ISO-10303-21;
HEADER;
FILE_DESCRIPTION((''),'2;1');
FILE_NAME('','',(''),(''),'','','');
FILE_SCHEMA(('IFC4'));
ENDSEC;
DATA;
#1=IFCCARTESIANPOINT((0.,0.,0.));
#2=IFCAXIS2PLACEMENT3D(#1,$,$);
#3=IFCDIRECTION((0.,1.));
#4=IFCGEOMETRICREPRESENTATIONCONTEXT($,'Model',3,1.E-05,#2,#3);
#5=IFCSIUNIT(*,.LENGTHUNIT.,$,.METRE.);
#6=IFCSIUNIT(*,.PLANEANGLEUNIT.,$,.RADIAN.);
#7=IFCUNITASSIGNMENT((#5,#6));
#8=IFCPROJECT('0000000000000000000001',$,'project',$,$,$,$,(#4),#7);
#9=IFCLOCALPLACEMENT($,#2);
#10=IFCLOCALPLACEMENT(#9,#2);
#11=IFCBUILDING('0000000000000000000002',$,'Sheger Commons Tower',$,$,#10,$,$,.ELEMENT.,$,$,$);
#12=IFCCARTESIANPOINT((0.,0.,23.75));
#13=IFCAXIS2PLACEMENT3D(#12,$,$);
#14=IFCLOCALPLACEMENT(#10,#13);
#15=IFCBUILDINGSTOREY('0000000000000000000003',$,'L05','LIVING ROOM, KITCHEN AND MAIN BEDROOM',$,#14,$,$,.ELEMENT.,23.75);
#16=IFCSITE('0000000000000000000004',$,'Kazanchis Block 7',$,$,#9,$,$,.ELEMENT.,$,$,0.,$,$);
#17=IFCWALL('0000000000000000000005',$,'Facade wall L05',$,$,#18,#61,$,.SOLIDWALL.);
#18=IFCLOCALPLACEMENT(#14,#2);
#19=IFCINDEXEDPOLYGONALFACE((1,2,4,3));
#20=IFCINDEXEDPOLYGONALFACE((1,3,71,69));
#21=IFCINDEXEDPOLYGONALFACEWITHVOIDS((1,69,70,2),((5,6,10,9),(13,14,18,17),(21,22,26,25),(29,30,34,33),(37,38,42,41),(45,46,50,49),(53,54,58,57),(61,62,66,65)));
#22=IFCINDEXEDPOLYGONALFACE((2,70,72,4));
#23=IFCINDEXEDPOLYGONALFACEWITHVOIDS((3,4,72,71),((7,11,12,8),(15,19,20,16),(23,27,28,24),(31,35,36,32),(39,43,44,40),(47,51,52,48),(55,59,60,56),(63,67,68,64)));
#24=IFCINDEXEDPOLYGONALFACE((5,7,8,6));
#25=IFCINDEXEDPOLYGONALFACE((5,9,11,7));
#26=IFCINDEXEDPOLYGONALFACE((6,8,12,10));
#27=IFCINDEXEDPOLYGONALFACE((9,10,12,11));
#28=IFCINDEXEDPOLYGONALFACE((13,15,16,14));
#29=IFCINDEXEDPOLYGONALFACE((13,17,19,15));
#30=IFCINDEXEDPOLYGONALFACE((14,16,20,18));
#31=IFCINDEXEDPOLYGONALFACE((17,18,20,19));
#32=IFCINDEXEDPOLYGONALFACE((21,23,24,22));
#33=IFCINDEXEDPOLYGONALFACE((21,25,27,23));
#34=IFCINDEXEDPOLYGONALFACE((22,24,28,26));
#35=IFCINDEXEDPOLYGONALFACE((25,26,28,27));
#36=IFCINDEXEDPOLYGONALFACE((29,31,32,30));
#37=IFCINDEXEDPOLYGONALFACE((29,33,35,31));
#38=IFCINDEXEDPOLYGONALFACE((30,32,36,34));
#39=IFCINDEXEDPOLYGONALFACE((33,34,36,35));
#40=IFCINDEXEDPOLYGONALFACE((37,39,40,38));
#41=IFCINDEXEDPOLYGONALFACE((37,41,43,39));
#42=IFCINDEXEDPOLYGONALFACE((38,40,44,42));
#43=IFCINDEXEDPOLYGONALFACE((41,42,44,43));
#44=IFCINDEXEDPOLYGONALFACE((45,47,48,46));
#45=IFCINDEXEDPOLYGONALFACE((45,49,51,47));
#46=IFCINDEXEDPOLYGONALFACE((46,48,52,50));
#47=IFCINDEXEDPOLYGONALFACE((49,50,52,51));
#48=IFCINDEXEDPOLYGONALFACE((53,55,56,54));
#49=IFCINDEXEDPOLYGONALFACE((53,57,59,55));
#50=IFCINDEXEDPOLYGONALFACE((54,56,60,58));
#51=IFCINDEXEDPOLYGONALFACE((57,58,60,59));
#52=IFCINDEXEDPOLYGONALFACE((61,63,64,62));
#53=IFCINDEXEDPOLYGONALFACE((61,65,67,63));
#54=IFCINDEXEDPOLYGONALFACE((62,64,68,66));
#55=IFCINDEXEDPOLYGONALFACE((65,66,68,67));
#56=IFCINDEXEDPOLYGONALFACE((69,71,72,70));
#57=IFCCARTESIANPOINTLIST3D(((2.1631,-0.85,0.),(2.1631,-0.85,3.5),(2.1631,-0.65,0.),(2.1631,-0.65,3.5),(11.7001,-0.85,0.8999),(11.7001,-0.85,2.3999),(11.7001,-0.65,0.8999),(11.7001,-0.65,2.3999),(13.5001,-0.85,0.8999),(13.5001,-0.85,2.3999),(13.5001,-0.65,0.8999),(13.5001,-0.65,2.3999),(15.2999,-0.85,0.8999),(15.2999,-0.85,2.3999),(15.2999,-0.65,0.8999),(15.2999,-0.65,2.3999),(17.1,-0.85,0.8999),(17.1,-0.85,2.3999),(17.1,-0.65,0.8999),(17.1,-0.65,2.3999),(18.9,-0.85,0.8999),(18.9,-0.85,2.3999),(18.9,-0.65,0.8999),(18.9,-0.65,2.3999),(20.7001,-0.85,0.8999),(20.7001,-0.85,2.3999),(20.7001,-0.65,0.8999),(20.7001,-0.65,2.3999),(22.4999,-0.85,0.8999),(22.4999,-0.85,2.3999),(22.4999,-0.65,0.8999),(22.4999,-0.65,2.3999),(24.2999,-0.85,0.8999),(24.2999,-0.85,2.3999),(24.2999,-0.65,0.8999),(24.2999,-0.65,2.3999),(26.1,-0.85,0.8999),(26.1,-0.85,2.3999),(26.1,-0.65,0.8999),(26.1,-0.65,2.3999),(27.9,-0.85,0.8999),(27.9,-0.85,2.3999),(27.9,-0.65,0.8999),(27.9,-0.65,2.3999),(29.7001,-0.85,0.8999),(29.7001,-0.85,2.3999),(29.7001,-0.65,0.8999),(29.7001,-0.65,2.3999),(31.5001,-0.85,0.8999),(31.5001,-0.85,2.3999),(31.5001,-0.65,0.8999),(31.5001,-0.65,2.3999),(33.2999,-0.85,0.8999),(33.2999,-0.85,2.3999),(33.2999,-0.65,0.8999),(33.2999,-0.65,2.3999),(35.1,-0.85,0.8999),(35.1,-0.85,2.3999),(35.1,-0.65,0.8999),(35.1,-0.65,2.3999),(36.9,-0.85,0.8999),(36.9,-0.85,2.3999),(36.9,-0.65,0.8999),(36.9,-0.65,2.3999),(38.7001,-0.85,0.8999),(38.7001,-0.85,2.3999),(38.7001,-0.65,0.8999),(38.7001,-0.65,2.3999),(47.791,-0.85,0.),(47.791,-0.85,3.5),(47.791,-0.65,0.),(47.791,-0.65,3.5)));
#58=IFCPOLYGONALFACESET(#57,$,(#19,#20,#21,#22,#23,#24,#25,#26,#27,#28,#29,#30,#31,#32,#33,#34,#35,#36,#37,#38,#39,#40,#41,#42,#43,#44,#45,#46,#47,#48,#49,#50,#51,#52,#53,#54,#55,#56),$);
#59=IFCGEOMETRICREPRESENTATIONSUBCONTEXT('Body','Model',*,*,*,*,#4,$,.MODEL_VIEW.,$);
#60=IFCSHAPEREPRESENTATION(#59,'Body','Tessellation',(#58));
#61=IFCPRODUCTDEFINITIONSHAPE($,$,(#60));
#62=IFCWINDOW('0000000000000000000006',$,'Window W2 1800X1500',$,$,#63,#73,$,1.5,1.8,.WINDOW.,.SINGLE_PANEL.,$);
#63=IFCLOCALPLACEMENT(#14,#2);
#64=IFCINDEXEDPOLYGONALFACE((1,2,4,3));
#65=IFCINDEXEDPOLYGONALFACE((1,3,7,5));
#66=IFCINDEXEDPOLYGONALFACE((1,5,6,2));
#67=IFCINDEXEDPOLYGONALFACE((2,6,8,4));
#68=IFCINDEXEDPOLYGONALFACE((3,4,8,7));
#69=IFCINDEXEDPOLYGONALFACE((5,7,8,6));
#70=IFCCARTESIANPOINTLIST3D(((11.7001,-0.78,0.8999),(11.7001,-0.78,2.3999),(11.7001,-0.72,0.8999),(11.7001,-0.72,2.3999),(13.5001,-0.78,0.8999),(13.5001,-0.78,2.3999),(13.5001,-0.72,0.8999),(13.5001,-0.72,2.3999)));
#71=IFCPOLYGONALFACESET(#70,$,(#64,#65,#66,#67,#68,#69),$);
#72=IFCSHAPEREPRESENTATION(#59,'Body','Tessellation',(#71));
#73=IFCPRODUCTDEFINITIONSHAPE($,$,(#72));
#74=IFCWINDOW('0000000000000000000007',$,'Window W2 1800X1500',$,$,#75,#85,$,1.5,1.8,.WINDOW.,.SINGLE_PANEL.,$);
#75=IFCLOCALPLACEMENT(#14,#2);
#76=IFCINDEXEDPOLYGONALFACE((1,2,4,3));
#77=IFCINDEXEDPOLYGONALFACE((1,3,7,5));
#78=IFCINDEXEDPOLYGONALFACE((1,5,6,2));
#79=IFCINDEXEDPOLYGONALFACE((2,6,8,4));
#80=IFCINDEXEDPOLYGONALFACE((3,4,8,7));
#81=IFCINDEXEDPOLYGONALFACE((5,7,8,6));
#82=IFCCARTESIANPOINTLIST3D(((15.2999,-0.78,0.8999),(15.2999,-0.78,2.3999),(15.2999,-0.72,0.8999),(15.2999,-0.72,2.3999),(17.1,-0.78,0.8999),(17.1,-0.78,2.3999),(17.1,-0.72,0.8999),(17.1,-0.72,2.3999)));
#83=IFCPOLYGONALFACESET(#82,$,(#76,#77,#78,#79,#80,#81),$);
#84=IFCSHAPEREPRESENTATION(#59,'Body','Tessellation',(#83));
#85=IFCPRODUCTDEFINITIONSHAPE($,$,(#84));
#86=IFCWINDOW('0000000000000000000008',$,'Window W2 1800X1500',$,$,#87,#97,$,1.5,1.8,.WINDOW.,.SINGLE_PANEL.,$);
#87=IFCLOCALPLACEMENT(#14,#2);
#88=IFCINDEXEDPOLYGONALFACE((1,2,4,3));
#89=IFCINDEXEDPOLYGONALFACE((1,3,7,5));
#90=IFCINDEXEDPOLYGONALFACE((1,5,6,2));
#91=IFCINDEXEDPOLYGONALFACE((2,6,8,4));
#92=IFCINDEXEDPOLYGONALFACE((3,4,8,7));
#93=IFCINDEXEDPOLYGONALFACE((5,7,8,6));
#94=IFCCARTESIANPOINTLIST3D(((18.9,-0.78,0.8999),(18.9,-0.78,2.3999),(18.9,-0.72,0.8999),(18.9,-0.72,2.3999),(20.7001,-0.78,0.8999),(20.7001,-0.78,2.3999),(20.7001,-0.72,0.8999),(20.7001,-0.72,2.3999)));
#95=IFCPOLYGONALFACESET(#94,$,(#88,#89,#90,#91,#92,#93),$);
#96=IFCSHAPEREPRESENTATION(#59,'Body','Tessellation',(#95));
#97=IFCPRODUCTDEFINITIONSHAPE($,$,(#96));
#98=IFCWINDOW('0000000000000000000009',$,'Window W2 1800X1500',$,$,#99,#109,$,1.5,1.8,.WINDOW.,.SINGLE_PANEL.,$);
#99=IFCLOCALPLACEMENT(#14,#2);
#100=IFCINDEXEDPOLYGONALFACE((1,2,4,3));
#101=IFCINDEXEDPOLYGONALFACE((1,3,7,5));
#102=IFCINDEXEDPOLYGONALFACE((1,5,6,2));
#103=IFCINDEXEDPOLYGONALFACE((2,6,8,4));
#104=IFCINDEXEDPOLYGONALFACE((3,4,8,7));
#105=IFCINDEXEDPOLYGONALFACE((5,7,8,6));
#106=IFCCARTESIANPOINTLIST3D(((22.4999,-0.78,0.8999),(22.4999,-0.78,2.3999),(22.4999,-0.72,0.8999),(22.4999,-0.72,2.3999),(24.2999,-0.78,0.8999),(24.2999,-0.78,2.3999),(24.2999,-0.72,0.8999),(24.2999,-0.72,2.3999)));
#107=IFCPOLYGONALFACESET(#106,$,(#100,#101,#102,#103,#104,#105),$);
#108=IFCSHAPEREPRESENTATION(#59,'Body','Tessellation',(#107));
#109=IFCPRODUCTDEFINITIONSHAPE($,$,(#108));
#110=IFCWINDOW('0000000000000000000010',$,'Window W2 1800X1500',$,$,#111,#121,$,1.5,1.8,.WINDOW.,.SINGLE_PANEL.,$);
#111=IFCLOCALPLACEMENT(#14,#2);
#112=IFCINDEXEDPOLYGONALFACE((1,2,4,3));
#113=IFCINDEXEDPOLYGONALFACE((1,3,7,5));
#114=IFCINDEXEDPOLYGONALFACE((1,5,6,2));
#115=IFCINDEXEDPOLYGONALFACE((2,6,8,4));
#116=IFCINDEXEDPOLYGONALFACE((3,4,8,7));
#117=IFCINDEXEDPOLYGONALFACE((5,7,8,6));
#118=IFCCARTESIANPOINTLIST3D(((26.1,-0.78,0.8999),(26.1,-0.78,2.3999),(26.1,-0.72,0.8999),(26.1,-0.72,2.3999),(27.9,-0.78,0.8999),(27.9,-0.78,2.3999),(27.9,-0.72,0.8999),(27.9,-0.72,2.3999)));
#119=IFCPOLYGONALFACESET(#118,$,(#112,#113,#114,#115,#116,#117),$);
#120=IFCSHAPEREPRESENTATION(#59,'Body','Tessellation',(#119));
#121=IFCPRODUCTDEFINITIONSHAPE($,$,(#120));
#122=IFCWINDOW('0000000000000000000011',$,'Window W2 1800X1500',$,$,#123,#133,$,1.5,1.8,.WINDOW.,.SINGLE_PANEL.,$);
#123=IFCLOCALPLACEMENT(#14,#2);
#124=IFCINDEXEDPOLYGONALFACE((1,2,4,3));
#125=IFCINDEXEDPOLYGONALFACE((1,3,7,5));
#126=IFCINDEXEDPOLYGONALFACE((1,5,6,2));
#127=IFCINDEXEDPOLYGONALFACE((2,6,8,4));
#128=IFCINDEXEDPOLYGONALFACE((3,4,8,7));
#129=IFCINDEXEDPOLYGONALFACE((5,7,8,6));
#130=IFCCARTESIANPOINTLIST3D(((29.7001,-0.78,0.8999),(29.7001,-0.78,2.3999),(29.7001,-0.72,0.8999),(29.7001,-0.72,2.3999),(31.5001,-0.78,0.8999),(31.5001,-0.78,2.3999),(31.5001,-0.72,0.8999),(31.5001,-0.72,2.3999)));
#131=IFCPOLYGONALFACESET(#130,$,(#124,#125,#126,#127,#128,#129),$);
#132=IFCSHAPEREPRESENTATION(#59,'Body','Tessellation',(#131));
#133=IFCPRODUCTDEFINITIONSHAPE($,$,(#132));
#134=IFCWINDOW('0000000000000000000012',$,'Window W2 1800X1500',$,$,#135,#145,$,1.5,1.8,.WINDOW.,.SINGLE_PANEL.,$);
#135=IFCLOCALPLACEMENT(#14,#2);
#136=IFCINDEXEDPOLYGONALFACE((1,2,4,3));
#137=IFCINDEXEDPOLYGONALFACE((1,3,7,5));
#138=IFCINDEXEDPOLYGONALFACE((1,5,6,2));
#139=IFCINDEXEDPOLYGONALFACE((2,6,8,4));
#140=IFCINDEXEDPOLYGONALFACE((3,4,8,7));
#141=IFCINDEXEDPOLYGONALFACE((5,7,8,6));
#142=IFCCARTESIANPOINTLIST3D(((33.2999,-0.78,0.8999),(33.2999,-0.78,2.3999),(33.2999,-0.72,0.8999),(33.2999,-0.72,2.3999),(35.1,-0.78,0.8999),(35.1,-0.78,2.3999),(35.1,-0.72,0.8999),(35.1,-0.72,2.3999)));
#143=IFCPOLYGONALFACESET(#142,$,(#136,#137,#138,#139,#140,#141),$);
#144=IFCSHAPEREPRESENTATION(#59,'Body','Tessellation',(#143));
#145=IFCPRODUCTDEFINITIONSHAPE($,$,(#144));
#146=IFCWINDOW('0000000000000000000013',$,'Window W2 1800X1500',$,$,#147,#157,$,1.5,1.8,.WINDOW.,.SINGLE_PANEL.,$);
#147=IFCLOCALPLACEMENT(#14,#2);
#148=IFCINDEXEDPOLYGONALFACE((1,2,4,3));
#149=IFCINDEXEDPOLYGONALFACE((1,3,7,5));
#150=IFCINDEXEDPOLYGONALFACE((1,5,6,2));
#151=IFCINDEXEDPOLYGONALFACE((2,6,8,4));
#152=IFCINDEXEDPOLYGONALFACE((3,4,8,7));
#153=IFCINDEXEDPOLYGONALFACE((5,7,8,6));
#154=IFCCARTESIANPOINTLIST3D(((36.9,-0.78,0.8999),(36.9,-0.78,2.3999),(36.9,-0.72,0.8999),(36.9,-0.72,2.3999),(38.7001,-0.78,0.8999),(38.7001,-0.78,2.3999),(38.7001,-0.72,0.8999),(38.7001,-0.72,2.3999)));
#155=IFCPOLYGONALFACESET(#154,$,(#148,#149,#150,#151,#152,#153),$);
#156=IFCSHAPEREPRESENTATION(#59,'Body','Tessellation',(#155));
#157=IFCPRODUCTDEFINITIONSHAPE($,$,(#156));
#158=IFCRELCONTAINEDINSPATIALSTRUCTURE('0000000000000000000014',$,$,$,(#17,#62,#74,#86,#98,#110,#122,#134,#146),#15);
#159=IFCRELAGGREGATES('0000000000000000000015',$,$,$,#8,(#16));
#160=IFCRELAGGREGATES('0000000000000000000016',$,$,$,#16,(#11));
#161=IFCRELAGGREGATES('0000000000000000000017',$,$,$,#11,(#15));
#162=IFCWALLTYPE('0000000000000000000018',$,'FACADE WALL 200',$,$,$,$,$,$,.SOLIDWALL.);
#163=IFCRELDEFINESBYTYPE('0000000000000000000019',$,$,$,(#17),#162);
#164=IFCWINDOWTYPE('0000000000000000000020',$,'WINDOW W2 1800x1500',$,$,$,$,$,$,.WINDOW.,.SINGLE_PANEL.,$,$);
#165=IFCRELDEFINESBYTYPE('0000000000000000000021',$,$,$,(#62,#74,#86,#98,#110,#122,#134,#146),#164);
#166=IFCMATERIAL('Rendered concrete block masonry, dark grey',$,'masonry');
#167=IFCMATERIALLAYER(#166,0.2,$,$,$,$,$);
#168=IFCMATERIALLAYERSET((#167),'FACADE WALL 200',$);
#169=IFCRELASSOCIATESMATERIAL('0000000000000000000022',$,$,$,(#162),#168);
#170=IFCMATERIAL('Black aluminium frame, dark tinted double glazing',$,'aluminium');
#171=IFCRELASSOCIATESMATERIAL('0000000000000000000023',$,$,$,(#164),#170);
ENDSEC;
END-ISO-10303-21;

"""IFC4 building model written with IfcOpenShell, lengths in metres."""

from ifc_helpers import new_model, si_unit, direction, frame, frame_2d, origin, place, context, subcontext, project, spatial, rectangle, extrude, material, layer, layer_set, type_object, element, fill, save


model = new_model("IFC4")

# Units and contexts
model_context = context("Model", 3, precision=1e-05, world=origin(), true_north=direction((0.0, 1.0)))
body_context = subcontext(model_context, "Body", "Model", "MODEL_VIEW")
ifc_project = project(units=[si_unit("LENGTHUNIT", "METRE"), si_unit("PLANEANGLEUNIT", "RADIAN")], contexts=[model_context])

# Site, building, storey
site_placement = place(None, origin())
site = spatial("IfcSite", under=ifc_project, at=site_placement, Name="Kazanchis Block 7", CompositionType="ELEMENT", RefElevation=0.0)
building_placement = place(site_placement, origin())
building = spatial("IfcBuilding", under=site, at=building_placement, Name="Sheger Commons Tower", CompositionType="ELEMENT")
storey_placement = place(building_placement, frame((0.0, 0.0, 23.75)))
storey = spatial("IfcBuildingStorey", under=building, at=storey_placement, Name="L05", Description="LIVING ROOM, KITCHEN AND MAIN BEDROOM", CompositionType="ELEMENT", Elevation=23.75)

# Wall, openings, windows
ifc_material_1 = material(Name="Rendered concrete block masonry, dark grey", Category="masonry")
ifc_layer_1 = layer(ifc_material_1, 0.2)
ifc_layer_set_1 = layer_set([ifc_layer_1], Name="FACADE WALL 200")
wall_type_1 = type_object("IfcWallType", Name="FACADE WALL 200", PredefinedType="SOLIDWALL", material=ifc_layer_set_1)
wall_1_placement = place(storey_placement, frame((2.1631, -0.75, 0.0), z_axis=(0.0, 0.0, 1.0), x_axis=(1.0, 0.0, 0.0)))
wall_1 = element("IfcWall", 1, at=wall_1_placement, inside=storey, type_object=wall_type_1, Name="Facade wall L05", PredefinedType="SOLIDWALL", context=body_context, shape_type="SweptSolid", body=[
    extrude(rectangle(XDim=45.6279, YDim=0.2, at=frame_2d((22.814, 0.0))), origin(), (0.0, 0.0, 1.0), 3.5),
])
opening_1_placement = place(wall_1_placement, frame((9.5371, 0.0, 0.8999)))
opening_1 = element("IfcOpeningElement", 2, at=opening_1_placement, cuts=wall_1, PredefinedType="OPENING", context=body_context, shape_type="SweptSolid", body=[
    extrude(rectangle(XDim=1.8, YDim=1.5, at=frame_2d((0.8999, 0.75))), frame((0.0, 0.1099, 0.0), z_axis=(0.0, -1.0, 0.0), x_axis=(1.0, 0.0, 0.0)), (0.0, 0.0, 1.0), 0.22),
])
opening_2_placement = place(wall_1_placement, frame((13.137, 0.0, 0.8999)))
opening_2 = element("IfcOpeningElement", 3, at=opening_2_placement, cuts=wall_1, PredefinedType="OPENING", context=body_context, shape_type="SweptSolid", body=[
    extrude(rectangle(XDim=1.8, YDim=1.5, at=frame_2d((0.8999, 0.75))), frame((0.0, 0.1099, 0.0), z_axis=(0.0, -1.0, 0.0), x_axis=(1.0, 0.0, 0.0)), (0.0, 0.0, 1.0), 0.22),
])
opening_3_placement = place(wall_1_placement, frame((16.7371, 0.0, 0.8999)))
opening_3 = element("IfcOpeningElement", 4, at=opening_3_placement, cuts=wall_1, PredefinedType="OPENING", context=body_context, shape_type="SweptSolid", body=[
    extrude(rectangle(XDim=1.8, YDim=1.5, at=frame_2d((0.8999, 0.75))), frame((0.0, 0.1099, 0.0), z_axis=(0.0, -1.0, 0.0), x_axis=(1.0, 0.0, 0.0)), (0.0, 0.0, 1.0), 0.22),
])
opening_4_placement = place(wall_1_placement, frame((20.3369, 0.0, 0.8999)))
opening_4 = element("IfcOpeningElement", 5, at=opening_4_placement, cuts=wall_1, PredefinedType="OPENING", context=body_context, shape_type="SweptSolid", body=[
    extrude(rectangle(XDim=1.8, YDim=1.5, at=frame_2d((0.8999, 0.75))), frame((0.0, 0.1099, 0.0), z_axis=(0.0, -1.0, 0.0), x_axis=(1.0, 0.0, 0.0)), (0.0, 0.0, 1.0), 0.22),
])
opening_5_placement = place(wall_1_placement, frame((23.937, 0.0, 0.8999)))
opening_5 = element("IfcOpeningElement", 6, at=opening_5_placement, cuts=wall_1, PredefinedType="OPENING", context=body_context, shape_type="SweptSolid", body=[
    extrude(rectangle(XDim=1.8, YDim=1.5, at=frame_2d((0.8999, 0.75))), frame((0.0, 0.1099, 0.0), z_axis=(0.0, -1.0, 0.0), x_axis=(1.0, 0.0, 0.0)), (0.0, 0.0, 1.0), 0.22),
])
opening_6_placement = place(wall_1_placement, frame((27.5371, 0.0, 0.8999)))
opening_6 = element("IfcOpeningElement", 7, at=opening_6_placement, cuts=wall_1, PredefinedType="OPENING", context=body_context, shape_type="SweptSolid", body=[
    extrude(rectangle(XDim=1.8, YDim=1.5, at=frame_2d((0.8999, 0.75))), frame((0.0, 0.1099, 0.0), z_axis=(0.0, -1.0, 0.0), x_axis=(1.0, 0.0, 0.0)), (0.0, 0.0, 1.0), 0.22),
])
opening_7_placement = place(wall_1_placement, frame((31.137, 0.0, 0.8999)))
opening_7 = element("IfcOpeningElement", 8, at=opening_7_placement, cuts=wall_1, PredefinedType="OPENING", context=body_context, shape_type="SweptSolid", body=[
    extrude(rectangle(XDim=1.8, YDim=1.5, at=frame_2d((0.8999, 0.75))), frame((0.0, 0.1099, 0.0), z_axis=(0.0, -1.0, 0.0), x_axis=(1.0, 0.0, 0.0)), (0.0, 0.0, 1.0), 0.22),
])
opening_8_placement = place(wall_1_placement, frame((34.7371, 0.0, 0.8999)))
opening_8 = element("IfcOpeningElement", 9, at=opening_8_placement, cuts=wall_1, PredefinedType="OPENING", context=body_context, shape_type="SweptSolid", body=[
    extrude(rectangle(XDim=1.8, YDim=1.5, at=frame_2d((0.8999, 0.75))), frame((0.0, 0.1099, 0.0), z_axis=(0.0, -1.0, 0.0), x_axis=(1.0, 0.0, 0.0)), (0.0, 0.0, 1.0), 0.22),
])
ifc_material_2 = material(Name="Black aluminium frame, dark tinted double glazing", Category="aluminium")
window_type = type_object("IfcWindowType", Name="WINDOW W2 1800x1500", PartitioningType="SINGLE_PANEL", PredefinedType="WINDOW", material=ifc_material_2)
window_1_placement = place(opening_1_placement, origin())
window_1 = element("IfcWindow", 10, at=window_1_placement, inside=storey, type_object=window_type, Name="Window W2 1800X1500", OverallHeight=1.5, OverallWidth=1.8, PartitioningType="SINGLE_PANEL", PredefinedType="WINDOW", context=body_context, shape_type="SweptSolid", body=[
    extrude(rectangle(XDim=1.8, YDim=1.5, at=frame_2d((0.8999, 0.75))), frame((0.0, 0.03, 0.0), z_axis=(0.0, -1.0, 0.0), x_axis=(1.0, 0.0, 0.0)), (0.0, 0.0, 1.0), 0.0601),
])
fill(opening_1, window_1)
window_2_placement = place(opening_2_placement, origin())
window_2 = element("IfcWindow", 11, at=window_2_placement, inside=storey, type_object=window_type, Name="Window W2 1800X1500", OverallHeight=1.5, OverallWidth=1.8, PartitioningType="SINGLE_PANEL", PredefinedType="WINDOW", context=body_context, shape_type="SweptSolid", body=[
    extrude(rectangle(XDim=1.8, YDim=1.5, at=frame_2d((0.8999, 0.75))), frame((0.0, 0.03, 0.0), z_axis=(0.0, -1.0, 0.0), x_axis=(1.0, 0.0, 0.0)), (0.0, 0.0, 1.0), 0.0601),
])
fill(opening_2, window_2)
window_3_placement = place(opening_3_placement, origin())
window_3 = element("IfcWindow", 12, at=window_3_placement, inside=storey, type_object=window_type, Name="Window W2 1800X1500", OverallHeight=1.5, OverallWidth=1.8, PartitioningType="SINGLE_PANEL", PredefinedType="WINDOW", context=body_context, shape_type="SweptSolid", body=[
    extrude(rectangle(XDim=1.8, YDim=1.5, at=frame_2d((0.8999, 0.75))), frame((0.0, 0.03, 0.0), z_axis=(0.0, -1.0, 0.0), x_axis=(1.0, 0.0, 0.0)), (0.0, 0.0, 1.0), 0.0601),
])
fill(opening_3, window_3)
window_4_placement = place(opening_4_placement, origin())
window_4 = element("IfcWindow", 13, at=window_4_placement, inside=storey, type_object=window_type, Name="Window W2 1800X1500", OverallHeight=1.5, OverallWidth=1.8, PartitioningType="SINGLE_PANEL", PredefinedType="WINDOW", context=body_context, shape_type="SweptSolid", body=[
    extrude(rectangle(XDim=1.8, YDim=1.5, at=frame_2d((0.8999, 0.75))), frame((0.0, 0.03, 0.0), z_axis=(0.0, -1.0, 0.0), x_axis=(1.0, 0.0, 0.0)), (0.0, 0.0, 1.0), 0.0601),
])
fill(opening_4, window_4)
window_5_placement = place(opening_5_placement, origin())
window_5 = element("IfcWindow", 14, at=window_5_placement, inside=storey, type_object=window_type, Name="Window W2 1800X1500", OverallHeight=1.5, OverallWidth=1.8, PartitioningType="SINGLE_PANEL", PredefinedType="WINDOW", context=body_context, shape_type="SweptSolid", body=[
    extrude(rectangle(XDim=1.8, YDim=1.5, at=frame_2d((0.8999, 0.75))), frame((0.0, 0.03, 0.0), z_axis=(0.0, -1.0, 0.0), x_axis=(1.0, 0.0, 0.0)), (0.0, 0.0, 1.0), 0.0601),
])
fill(opening_5, window_5)
window_6_placement = place(opening_6_placement, origin())
window_6 = element("IfcWindow", 15, at=window_6_placement, inside=storey, type_object=window_type, Name="Window W2 1800X1500", OverallHeight=1.5, OverallWidth=1.8, PartitioningType="SINGLE_PANEL", PredefinedType="WINDOW", context=body_context, shape_type="SweptSolid", body=[
    extrude(rectangle(XDim=1.8, YDim=1.5, at=frame_2d((0.8999, 0.75))), frame((0.0, 0.03, 0.0), z_axis=(0.0, -1.0, 0.0), x_axis=(1.0, 0.0, 0.0)), (0.0, 0.0, 1.0), 0.0601),
])
fill(opening_6, window_6)
window_7_placement = place(opening_7_placement, origin())
window_7 = element("IfcWindow", 16, at=window_7_placement, inside=storey, type_object=window_type, Name="Window W2 1800X1500", OverallHeight=1.5, OverallWidth=1.8, PartitioningType="SINGLE_PANEL", PredefinedType="WINDOW", context=body_context, shape_type="SweptSolid", body=[
    extrude(rectangle(XDim=1.8, YDim=1.5, at=frame_2d((0.8999, 0.75))), frame((0.0, 0.03, 0.0), z_axis=(0.0, -1.0, 0.0), x_axis=(1.0, 0.0, 0.0)), (0.0, 0.0, 1.0), 0.0601),
])
fill(opening_7, window_7)
window_8_placement = place(opening_8_placement, origin())
window_8 = element("IfcWindow", 17, at=window_8_placement, inside=storey, type_object=window_type, Name="Window W2 1800X1500", OverallHeight=1.5, OverallWidth=1.8, PartitioningType="SINGLE_PANEL", PredefinedType="WINDOW", context=body_context, shape_type="SweptSolid", body=[
    extrude(rectangle(XDim=1.8, YDim=1.5, at=frame_2d((0.8999, 0.75))), frame((0.0, 0.03, 0.0), z_axis=(0.0, -1.0, 0.0), x_axis=(1.0, 0.0, 0.0)), (0.0, 0.0, 1.0), 0.0601),
])
fill(opening_8, window_8)

save(model, "model.ifc")
